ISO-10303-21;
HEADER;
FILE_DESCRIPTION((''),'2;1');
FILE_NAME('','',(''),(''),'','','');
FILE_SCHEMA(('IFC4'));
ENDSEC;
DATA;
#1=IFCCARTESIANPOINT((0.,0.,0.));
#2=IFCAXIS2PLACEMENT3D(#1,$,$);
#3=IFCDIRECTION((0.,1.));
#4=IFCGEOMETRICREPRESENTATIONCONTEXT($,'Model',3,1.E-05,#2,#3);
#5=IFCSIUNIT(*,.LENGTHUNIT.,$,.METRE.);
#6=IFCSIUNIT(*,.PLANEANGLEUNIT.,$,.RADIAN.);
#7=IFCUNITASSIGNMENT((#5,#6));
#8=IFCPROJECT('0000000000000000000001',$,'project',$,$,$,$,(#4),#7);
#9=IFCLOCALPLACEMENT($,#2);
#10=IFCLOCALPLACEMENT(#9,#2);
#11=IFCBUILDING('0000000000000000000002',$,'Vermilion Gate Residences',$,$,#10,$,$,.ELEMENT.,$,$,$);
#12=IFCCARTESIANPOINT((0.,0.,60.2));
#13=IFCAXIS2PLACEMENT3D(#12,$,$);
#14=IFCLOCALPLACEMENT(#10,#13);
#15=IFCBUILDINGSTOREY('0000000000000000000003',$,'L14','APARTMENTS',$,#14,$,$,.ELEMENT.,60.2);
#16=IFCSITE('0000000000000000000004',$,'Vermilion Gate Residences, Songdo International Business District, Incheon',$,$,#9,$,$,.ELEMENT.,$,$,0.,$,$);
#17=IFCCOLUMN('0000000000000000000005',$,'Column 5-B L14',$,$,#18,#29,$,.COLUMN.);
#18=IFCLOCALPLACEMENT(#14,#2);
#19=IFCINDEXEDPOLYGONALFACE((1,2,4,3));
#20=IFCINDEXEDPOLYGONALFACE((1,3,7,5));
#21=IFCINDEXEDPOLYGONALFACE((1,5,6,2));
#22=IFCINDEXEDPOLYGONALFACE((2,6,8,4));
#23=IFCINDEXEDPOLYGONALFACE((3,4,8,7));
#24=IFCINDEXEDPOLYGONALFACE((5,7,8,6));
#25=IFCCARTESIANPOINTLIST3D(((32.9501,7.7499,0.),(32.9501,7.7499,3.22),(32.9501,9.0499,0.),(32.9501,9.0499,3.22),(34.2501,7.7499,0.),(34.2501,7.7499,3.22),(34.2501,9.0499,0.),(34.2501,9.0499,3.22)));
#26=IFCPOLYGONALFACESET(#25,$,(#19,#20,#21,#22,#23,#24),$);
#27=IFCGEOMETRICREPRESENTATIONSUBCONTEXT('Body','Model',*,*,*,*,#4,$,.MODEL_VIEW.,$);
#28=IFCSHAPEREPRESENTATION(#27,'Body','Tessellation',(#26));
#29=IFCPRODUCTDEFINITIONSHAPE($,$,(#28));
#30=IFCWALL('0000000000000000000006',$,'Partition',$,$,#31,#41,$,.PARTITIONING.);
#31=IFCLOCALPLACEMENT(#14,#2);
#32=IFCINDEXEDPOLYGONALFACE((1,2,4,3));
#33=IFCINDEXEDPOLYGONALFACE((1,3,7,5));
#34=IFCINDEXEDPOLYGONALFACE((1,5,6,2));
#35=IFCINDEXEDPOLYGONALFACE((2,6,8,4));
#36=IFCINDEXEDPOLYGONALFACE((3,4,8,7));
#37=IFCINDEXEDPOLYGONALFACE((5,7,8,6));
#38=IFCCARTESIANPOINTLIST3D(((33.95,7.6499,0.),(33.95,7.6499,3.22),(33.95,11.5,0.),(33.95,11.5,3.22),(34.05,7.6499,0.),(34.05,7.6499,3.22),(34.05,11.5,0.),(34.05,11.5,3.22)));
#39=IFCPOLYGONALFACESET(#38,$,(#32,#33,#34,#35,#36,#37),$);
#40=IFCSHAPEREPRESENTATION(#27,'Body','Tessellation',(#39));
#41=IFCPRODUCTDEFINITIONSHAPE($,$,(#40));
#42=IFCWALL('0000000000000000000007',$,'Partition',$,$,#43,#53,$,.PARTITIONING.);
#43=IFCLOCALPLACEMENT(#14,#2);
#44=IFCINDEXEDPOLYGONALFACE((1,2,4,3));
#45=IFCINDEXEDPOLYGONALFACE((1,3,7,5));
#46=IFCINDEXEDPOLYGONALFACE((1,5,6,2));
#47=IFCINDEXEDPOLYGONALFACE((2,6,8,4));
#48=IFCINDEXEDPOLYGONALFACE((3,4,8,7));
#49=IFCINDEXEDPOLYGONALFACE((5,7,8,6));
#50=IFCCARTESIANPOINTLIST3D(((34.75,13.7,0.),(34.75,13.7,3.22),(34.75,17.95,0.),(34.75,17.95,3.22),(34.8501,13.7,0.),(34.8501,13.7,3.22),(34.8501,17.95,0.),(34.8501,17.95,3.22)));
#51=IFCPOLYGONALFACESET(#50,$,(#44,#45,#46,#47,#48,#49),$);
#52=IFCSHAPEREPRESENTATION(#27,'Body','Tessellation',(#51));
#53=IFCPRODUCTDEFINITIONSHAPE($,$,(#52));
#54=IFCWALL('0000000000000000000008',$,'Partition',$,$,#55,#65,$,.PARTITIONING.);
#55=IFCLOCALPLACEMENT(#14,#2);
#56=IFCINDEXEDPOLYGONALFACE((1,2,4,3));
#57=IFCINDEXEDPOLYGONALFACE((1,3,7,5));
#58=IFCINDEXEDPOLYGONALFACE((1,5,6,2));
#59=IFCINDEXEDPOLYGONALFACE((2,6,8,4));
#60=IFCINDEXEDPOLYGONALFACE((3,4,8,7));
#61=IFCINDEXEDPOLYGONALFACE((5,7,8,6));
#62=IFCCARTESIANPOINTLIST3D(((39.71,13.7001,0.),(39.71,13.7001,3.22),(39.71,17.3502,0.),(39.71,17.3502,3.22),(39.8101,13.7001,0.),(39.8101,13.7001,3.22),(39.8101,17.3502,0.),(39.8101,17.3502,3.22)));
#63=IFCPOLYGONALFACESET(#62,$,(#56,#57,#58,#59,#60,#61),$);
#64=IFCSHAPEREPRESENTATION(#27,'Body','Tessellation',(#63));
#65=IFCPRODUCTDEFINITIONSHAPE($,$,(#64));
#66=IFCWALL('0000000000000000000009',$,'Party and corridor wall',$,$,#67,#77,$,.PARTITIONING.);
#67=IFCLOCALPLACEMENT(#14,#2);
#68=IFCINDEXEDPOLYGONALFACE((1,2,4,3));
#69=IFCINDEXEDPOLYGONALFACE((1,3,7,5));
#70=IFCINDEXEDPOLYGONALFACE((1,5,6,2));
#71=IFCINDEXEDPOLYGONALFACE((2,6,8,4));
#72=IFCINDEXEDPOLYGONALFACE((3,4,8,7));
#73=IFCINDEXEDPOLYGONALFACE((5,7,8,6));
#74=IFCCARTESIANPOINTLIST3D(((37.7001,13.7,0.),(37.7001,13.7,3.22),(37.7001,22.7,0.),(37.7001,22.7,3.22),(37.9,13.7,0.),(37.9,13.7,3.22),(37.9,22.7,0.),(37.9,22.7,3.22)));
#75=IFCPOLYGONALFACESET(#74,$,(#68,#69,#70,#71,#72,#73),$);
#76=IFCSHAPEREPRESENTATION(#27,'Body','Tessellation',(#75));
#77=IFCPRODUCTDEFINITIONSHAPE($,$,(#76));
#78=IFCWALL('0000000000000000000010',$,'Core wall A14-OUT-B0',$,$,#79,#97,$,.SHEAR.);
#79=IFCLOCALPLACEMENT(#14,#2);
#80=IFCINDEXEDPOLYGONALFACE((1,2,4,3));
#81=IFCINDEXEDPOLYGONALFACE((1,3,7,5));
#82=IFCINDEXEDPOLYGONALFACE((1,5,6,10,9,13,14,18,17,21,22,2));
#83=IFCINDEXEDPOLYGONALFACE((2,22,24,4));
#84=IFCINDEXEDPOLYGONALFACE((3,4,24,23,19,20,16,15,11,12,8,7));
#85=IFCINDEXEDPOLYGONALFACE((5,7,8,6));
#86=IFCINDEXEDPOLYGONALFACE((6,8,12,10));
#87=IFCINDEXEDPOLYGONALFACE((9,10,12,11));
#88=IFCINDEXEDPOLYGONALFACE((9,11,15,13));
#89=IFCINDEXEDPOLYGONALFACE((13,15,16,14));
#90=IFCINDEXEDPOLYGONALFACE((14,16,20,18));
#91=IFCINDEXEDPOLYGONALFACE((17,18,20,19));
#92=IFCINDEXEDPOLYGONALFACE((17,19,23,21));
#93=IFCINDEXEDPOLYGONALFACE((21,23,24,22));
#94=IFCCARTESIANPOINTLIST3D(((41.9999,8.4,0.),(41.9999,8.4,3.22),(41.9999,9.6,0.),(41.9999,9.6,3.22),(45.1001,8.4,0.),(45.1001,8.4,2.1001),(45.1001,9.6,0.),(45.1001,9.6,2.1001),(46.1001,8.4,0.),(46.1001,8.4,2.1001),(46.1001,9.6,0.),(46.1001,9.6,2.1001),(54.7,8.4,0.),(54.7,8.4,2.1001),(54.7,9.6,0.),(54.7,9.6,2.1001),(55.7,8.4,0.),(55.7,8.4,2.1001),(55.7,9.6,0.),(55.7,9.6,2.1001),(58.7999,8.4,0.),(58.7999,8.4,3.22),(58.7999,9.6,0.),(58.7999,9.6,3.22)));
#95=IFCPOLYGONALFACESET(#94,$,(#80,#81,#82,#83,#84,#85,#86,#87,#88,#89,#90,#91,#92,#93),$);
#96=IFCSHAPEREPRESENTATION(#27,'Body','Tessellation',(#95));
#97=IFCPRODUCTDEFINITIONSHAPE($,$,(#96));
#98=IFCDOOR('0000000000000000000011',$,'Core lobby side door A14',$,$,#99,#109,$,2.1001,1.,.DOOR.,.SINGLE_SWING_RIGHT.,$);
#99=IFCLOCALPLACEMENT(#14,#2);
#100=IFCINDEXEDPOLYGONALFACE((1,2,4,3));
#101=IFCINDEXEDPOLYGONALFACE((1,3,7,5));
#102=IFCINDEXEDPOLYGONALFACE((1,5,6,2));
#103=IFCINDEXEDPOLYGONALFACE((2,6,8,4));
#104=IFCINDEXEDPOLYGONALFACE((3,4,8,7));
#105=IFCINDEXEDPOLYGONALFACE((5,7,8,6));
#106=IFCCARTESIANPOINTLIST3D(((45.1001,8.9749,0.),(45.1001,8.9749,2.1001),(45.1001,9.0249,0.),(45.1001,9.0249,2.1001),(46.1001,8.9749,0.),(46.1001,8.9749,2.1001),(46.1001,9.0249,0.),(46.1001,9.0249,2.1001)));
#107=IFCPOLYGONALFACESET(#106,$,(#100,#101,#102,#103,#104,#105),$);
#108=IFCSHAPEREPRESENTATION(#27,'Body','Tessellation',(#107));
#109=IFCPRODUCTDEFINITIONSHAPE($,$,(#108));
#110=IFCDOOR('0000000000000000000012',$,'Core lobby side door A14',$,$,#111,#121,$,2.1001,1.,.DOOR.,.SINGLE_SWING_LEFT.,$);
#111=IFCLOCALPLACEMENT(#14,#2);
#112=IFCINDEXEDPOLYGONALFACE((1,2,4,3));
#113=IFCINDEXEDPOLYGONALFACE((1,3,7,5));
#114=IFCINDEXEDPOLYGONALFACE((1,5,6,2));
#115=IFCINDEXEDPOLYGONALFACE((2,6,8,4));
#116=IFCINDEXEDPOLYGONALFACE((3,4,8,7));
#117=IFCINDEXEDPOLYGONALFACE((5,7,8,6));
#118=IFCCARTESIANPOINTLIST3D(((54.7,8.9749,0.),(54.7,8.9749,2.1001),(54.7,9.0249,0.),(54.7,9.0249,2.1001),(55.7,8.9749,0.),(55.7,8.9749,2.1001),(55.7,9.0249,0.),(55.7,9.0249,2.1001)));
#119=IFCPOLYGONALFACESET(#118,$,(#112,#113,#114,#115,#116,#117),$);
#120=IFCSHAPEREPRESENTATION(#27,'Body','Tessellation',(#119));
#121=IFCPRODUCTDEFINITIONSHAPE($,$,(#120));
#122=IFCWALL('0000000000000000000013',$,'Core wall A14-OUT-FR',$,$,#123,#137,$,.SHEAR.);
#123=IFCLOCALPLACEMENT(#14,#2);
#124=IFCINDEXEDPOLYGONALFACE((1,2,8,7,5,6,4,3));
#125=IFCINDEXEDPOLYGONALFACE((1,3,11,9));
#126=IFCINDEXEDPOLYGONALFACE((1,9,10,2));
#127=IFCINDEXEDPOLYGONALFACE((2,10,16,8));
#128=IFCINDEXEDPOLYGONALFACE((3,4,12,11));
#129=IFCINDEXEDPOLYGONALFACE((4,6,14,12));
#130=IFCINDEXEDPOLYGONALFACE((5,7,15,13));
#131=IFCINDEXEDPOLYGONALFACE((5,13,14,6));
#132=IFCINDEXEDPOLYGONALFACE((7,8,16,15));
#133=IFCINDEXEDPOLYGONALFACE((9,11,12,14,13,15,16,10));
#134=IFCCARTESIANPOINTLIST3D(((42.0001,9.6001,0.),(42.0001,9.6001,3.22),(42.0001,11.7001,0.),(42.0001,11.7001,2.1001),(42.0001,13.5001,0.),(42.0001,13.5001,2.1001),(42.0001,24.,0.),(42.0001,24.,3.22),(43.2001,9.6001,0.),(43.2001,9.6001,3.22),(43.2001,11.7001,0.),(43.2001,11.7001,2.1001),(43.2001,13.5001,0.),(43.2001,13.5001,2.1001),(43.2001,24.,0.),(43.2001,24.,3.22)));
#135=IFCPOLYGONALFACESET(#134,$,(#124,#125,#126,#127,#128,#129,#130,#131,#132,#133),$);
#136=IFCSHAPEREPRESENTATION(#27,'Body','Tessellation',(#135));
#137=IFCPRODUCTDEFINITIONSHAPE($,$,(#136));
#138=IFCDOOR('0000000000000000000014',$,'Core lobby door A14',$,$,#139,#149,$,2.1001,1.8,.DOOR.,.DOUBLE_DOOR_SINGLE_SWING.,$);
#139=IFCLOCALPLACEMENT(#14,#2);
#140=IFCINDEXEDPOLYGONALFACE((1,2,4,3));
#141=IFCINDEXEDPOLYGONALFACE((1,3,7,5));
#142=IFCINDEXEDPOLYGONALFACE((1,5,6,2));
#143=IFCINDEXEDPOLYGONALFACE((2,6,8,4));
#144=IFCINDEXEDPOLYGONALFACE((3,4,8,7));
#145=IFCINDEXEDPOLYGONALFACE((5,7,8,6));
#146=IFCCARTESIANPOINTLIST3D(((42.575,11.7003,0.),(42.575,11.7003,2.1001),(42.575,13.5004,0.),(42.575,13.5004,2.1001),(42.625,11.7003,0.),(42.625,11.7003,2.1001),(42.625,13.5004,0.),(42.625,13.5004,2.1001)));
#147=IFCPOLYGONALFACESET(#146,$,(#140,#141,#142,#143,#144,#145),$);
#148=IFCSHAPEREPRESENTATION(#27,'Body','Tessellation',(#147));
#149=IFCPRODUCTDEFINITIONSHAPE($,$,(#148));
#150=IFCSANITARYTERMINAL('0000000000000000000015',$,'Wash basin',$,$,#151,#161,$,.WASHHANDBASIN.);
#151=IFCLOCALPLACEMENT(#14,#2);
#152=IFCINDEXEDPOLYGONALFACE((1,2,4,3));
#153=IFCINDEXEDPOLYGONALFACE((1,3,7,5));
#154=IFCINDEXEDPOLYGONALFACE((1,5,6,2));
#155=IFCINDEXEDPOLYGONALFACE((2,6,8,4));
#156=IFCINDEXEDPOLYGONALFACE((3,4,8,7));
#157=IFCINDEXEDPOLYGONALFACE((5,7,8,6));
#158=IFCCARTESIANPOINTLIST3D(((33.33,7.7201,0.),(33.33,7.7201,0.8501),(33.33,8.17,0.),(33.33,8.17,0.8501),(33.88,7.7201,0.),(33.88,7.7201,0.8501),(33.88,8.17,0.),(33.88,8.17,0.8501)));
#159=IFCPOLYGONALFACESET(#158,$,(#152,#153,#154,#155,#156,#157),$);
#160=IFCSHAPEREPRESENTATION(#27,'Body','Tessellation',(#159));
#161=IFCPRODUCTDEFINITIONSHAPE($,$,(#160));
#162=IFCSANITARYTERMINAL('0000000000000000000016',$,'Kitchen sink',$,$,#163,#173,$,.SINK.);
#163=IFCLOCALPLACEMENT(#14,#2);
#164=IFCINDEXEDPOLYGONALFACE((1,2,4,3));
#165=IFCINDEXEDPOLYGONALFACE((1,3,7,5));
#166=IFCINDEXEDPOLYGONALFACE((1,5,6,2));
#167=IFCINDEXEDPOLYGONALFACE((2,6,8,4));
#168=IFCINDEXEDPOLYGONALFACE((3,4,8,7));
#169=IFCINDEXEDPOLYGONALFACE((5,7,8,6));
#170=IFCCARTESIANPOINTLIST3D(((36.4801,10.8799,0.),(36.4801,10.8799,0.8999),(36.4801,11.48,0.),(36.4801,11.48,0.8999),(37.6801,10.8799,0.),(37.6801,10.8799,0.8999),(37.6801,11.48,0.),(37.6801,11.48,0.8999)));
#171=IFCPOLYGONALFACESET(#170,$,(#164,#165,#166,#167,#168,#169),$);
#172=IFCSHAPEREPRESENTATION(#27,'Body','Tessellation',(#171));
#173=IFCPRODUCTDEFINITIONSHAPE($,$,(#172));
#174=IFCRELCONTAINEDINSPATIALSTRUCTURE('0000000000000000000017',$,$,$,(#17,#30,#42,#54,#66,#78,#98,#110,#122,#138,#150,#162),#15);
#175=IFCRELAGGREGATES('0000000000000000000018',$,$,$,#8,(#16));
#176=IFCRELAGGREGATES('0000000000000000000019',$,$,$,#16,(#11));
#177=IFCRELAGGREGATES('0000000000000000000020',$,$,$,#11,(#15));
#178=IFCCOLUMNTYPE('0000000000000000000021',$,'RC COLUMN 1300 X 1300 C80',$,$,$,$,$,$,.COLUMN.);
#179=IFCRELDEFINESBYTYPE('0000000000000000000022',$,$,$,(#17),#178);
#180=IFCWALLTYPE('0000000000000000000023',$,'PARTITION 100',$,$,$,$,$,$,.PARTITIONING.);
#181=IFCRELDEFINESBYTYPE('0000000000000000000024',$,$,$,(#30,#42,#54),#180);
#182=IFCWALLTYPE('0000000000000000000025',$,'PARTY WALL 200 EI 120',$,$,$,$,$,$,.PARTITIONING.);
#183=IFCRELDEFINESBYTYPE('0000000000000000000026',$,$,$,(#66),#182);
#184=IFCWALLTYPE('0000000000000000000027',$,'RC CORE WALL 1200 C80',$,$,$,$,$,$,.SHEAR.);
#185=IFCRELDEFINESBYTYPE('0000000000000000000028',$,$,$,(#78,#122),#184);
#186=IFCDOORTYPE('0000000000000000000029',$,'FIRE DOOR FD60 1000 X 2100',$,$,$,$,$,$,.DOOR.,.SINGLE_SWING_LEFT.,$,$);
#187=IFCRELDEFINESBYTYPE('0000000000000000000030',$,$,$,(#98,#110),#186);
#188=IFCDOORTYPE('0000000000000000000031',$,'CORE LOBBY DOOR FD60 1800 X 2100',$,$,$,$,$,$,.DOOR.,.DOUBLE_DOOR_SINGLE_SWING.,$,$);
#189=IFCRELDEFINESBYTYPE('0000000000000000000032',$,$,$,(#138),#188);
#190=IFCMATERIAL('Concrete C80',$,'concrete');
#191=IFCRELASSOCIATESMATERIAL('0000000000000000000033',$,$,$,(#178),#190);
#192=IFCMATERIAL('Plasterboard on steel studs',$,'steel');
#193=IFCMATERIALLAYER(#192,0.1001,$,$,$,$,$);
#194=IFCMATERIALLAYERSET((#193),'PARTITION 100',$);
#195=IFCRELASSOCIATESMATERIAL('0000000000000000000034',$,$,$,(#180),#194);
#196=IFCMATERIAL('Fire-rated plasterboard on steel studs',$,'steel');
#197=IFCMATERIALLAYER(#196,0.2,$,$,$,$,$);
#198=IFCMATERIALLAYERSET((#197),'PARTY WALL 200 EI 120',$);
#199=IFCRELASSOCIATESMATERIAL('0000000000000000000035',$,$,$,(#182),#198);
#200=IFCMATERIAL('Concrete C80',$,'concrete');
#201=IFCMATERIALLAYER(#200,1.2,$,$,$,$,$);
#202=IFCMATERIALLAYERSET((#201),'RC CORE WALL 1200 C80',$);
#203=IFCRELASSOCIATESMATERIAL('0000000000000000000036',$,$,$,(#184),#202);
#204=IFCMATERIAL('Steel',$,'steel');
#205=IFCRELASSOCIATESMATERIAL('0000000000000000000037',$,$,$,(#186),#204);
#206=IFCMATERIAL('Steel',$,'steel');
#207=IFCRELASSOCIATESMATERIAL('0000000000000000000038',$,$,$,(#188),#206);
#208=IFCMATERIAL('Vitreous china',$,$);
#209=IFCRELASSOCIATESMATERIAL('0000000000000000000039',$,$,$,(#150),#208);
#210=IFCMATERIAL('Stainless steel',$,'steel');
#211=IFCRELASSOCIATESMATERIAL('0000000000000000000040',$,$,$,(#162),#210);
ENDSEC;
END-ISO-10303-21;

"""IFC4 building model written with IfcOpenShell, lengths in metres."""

from ifc_helpers import new_model, si_unit, direction, frame, frame_2d, origin, origin_2d, place, context, subcontext, project, spatial, rectangle, extrude, material, layer, layer_set, material_profile, profile_set, type_object, element, fill, save


model = new_model("IFC4")

# Units and contexts
model_context = context("Model", 3, precision=1e-05, world=origin(), true_north=direction((0.0, 1.0)))
body_context = subcontext(model_context, "Body", "Model", "MODEL_VIEW")
ifc_project = project(units=[si_unit("LENGTHUNIT", "METRE"), si_unit("PLANEANGLEUNIT", "RADIAN")], contexts=[model_context])

# Site, building, storey
site_placement = place(None, origin())
site = spatial("IfcSite", under=ifc_project, at=site_placement, Name="Vermilion Gate Residences, Songdo International Business District, Incheon", CompositionType="ELEMENT", RefElevation=0.0)
building_placement = place(site_placement, origin())
building = spatial("IfcBuilding", under=site, at=building_placement, Name="Vermilion Gate Residences", CompositionType="ELEMENT")
storey_placement = place(building_placement, frame((0.0, 0.0, 60.2)))
storey = spatial("IfcBuildingStorey", under=building, at=storey_placement, Name="L14", Description="APARTMENTS", CompositionType="ELEMENT", Elevation=60.2)

# Column
ifc_material_1 = material(Name="Concrete C80", Category="concrete")
ifc_material_profile = material_profile(ifc_material_1, rectangle(XDim=1.3, YDim=1.3, at=origin_2d()), Name="RC-1300x1300")
ifc_profile_set = profile_set([ifc_material_profile], Name="Concrete C80")
column_type = type_object("IfcColumnType", Name="RC COLUMN 1300 X 1300 C80", PredefinedType="COLUMN", material=ifc_profile_set)
column_placement = place(storey_placement, frame((33.6001, 8.3999, 0.0), z_axis=(0.0, 0.0, 1.0), x_axis=(1.0, 0.0, 0.0)))
element("IfcColumn", 1, at=column_placement, inside=storey, type_object=column_type, Name="Column 5-B L14", PredefinedType="COLUMN", context=body_context, shape_type="SweptSolid", body=[
    extrude(rectangle(XDim=1.3, YDim=1.3, at=origin_2d()), origin(), (0.0, 0.0, 1.0), 3.22),
])

# Walls
ifc_material_2 = material(Name="Plasterboard on steel studs", Category="steel")
ifc_layer_1 = layer(ifc_material_2, 0.1001)
ifc_layer_set_1 = layer_set([ifc_layer_1], Name="PARTITION 100")
wall_type_1 = type_object("IfcWallType", Name="PARTITION 100", PredefinedType="PARTITIONING", material=ifc_layer_set_1)
wall_1_placement = place(storey_placement, frame((34.0, 7.6499, 0.0), z_axis=(0.0, 0.0, 1.0), x_axis=(0.0, 1.0, 0.0)))
element("IfcWall", 2, at=wall_1_placement, inside=storey, type_object=wall_type_1, Name="Partition", PredefinedType="PARTITIONING", context=body_context, shape_type="SweptSolid", body=[
    extrude(rectangle(XDim=3.8501, YDim=0.1001, at=frame_2d((1.925, 0.0))), origin(), (0.0, 0.0, 1.0), 3.22),
])
wall_2_placement = place(storey_placement, frame((34.8, 13.7, 0.0), z_axis=(0.0, 0.0, 1.0), x_axis=(0.0, 1.0, 0.0)))
element("IfcWall", 3, at=wall_2_placement, inside=storey, type_object=wall_type_1, Name="Partition", PredefinedType="PARTITIONING", context=body_context, shape_type="SweptSolid", body=[
    extrude(rectangle(XDim=4.25, YDim=0.1001, at=frame_2d((2.125, 0.0))), origin(), (0.0, 0.0, 1.0), 3.22),
])
wall_3_placement = place(storey_placement, frame((39.76, 13.7, 0.0), z_axis=(0.0, 0.0, 1.0), x_axis=(0.0, 1.0, 0.0)))
element("IfcWall", 4, at=wall_3_placement, inside=storey, type_object=wall_type_1, Name="Partition", PredefinedType="PARTITIONING", context=body_context, shape_type="SweptSolid", body=[
    extrude(rectangle(XDim=3.6501, YDim=0.1001, at=frame_2d((1.8252, 0.0))), origin(), (0.0, 0.0, 1.0), 3.22),
])
ifc_material_3 = material(Name="Fire-rated plasterboard on steel studs", Category="steel")
ifc_layer_2 = layer(ifc_material_3, 0.2)
ifc_layer_set_2 = layer_set([ifc_layer_2], Name="PARTY WALL 200 EI 120")
wall_type_2 = type_object("IfcWallType", Name="PARTY WALL 200 EI 120", PredefinedType="PARTITIONING", material=ifc_layer_set_2)
wall_4_placement = place(storey_placement, frame((37.8, 13.7, 0.0), z_axis=(0.0, 0.0, 1.0), x_axis=(0.0, 1.0, 0.0)))
element("IfcWall", 5, at=wall_4_placement, inside=storey, type_object=wall_type_2, Name="Party and corridor wall", PredefinedType="PARTITIONING", context=body_context, shape_type="SweptSolid", body=[
    extrude(rectangle(XDim=9.0, YDim=0.2, at=frame_2d((4.5, 0.0))), origin(), (0.0, 0.0, 1.0), 3.22),
])

# Wall, openings, doors
ifc_material_4 = material(Name="Concrete C80", Category="concrete")
ifc_layer_3 = layer(ifc_material_4, 1.2)
ifc_layer_set_3 = layer_set([ifc_layer_3], Name="RC CORE WALL 1200 C80")
wall_type_3 = type_object("IfcWallType", Name="RC CORE WALL 1200 C80", PredefinedType="SHEAR", material=ifc_layer_set_3)
wall_5_placement = place(storey_placement, frame((42.0, 9.0, 0.0), z_axis=(0.0, 0.0, 1.0), x_axis=(1.0, 0.0, 0.0)))
wall_5 = element("IfcWall", 6, at=wall_5_placement, inside=storey, type_object=wall_type_3, Name="Core wall A14-OUT-B0", PredefinedType="SHEAR", context=body_context, shape_type="SweptSolid", body=[
    extrude(rectangle(XDim=16.8, YDim=1.2, at=frame_2d((8.3999, 0.0))), origin(), (0.0, 0.0, 1.0), 3.22),
])
opening_1_placement = place(wall_5_placement, frame((3.1001, 0.0, 0.0)))
opening_1 = element("IfcOpeningElement", 7, at=opening_1_placement, cuts=wall_5, PredefinedType="OPENING", context=body_context, shape_type="SweptSolid", body=[
    extrude(rectangle(XDim=1.0, YDim=2.1001, at=frame_2d((0.5, 1.05))), frame((0.0, 0.6099, 0.0), z_axis=(0.0, -1.0, 0.0), x_axis=(1.0, 0.0, 0.0)), (0.0, 0.0, 1.0), 1.22),
])
opening_2_placement = place(wall_5_placement, frame((12.7, 0.0, 0.0)))
opening_2 = element("IfcOpeningElement", 8, at=opening_2_placement, cuts=wall_5, PredefinedType="OPENING", context=body_context, shape_type="SweptSolid", body=[
    extrude(rectangle(XDim=1.0, YDim=2.1001, at=frame_2d((0.5, 1.05))), frame((0.0, 0.6099, 0.0), z_axis=(0.0, -1.0, 0.0), x_axis=(1.0, 0.0, 0.0)), (0.0, 0.0, 1.0), 1.22),
])
ifc_material_5 = material(Name="Steel", Category="steel")
door_type_1 = type_object("IfcDoorType", Name="FIRE DOOR FD60 1000 X 2100", OperationType="SINGLE_SWING_LEFT", PredefinedType="DOOR", material=ifc_material_5)
door_1_placement = place(opening_1_placement, origin())
door_1 = element("IfcDoor", 9, at=door_1_placement, inside=storey, type_object=door_type_1, Name="Core lobby side door A14", OperationType="SINGLE_SWING_RIGHT", OverallHeight=2.1001, OverallWidth=1.0, PredefinedType="DOOR", context=body_context, shape_type="SweptSolid", body=[
    extrude(rectangle(XDim=1.0, YDim=2.1001, at=frame_2d((0.5, 1.05))), frame((0.0, 0.0249, 0.0), z_axis=(0.0, -1.0, 0.0), x_axis=(1.0, 0.0, 0.0)), (0.0, 0.0, 1.0), 0.05),
])
fill(opening_1, door_1)
door_2_placement = place(opening_2_placement, origin())
door_2 = element("IfcDoor", 10, at=door_2_placement, inside=storey, type_object=door_type_1, Name="Core lobby side door A14", OperationType="SINGLE_SWING_LEFT", OverallHeight=2.1001, OverallWidth=1.0, PredefinedType="DOOR", context=body_context, shape_type="SweptSolid", body=[
    extrude(rectangle(XDim=1.0, YDim=2.1001, at=frame_2d((0.5, 1.05))), frame((0.0, 0.0249, 0.0), z_axis=(0.0, -1.0, 0.0), x_axis=(1.0, 0.0, 0.0)), (0.0, 0.0, 1.0), 0.05),
])
fill(opening_2, door_2)

# Wall, opening, door
wall_6_placement = place(storey_placement, frame((42.6001, 9.6001, 0.0), z_axis=(0.0, 0.0, 1.0), x_axis=(0.0, 1.0, 0.0)))
wall_6 = element("IfcWall", 11, at=wall_6_placement, inside=storey, type_object=wall_type_3, Name="Core wall A14-OUT-FR", PredefinedType="SHEAR", context=body_context, shape_type="SweptSolid", body=[
    extrude(rectangle(XDim=14.3999, YDim=1.2, at=frame_2d((7.2, 0.0))), origin(), (0.0, 0.0, 1.0), 3.22),
])
opening_3_placement = place(wall_6_placement, frame((2.1001, 0.0, 0.0)))
opening_3 = element("IfcOpeningElement", 12, at=opening_3_placement, cuts=wall_6, PredefinedType="OPENING", context=body_context, shape_type="SweptSolid", body=[
    extrude(rectangle(XDim=1.8, YDim=2.1001, at=frame_2d((0.8999, 1.05))), frame((0.0, 0.6099, 0.0), z_axis=(0.0, -1.0, 0.0), x_axis=(1.0, 0.0, 0.0)), (0.0, 0.0, 1.0), 1.22),
])
ifc_material_6 = material(Name="Steel", Category="steel")
door_type_2 = type_object("IfcDoorType", Name="CORE LOBBY DOOR FD60 1800 X 2100", OperationType="DOUBLE_DOOR_SINGLE_SWING", PredefinedType="DOOR", material=ifc_material_6)
door_3_placement = place(opening_3_placement, frame((1.8, 0.0, 0.0), z_axis=(0.0, 0.0, 1.0), x_axis=(-1.0, 0.0, 0.0)))
door_3 = element("IfcDoor", 13, at=door_3_placement, inside=storey, type_object=door_type_2, Name="Core lobby door A14", OperationType="DOUBLE_DOOR_SINGLE_SWING", OverallHeight=2.1001, OverallWidth=1.8, PredefinedType="DOOR", context=body_context, shape_type="SweptSolid", body=[
    extrude(rectangle(XDim=1.8, YDim=2.1001, at=frame_2d((0.8999, 1.05))), frame((0.0, 0.0249, 0.0), z_axis=(0.0, -1.0, 0.0), x_axis=(1.0, 0.0, 0.0)), (0.0, 0.0, 1.0), 0.05),
])
fill(opening_3, door_3)

# Sanitary terminals
ifc_material_7 = material(Name="Vitreous china")
sanitary_terminal_1_placement = place(storey_placement, frame((33.605, 7.9451, 0.0), z_axis=(0.0, 0.0, 1.0), x_axis=(1.0, 0.0, 0.0)))
element("IfcSanitaryTerminal", 14, at=sanitary_terminal_1_placement, inside=storey, material=ifc_material_7, Name="Wash basin", PredefinedType="WASHHANDBASIN", context=body_context, shape_type="SweptSolid", body=[
    extrude(rectangle(XDim=0.55, YDim=0.45, at=origin_2d()), origin(), (0.0, 0.0, 1.0), 0.8501),
])
ifc_material_8 = material(Name="Stainless steel", Category="steel")
sanitary_terminal_2_placement = place(storey_placement, frame((37.0801, 11.1799, 0.0), z_axis=(0.0, 0.0, 1.0), x_axis=(1.0, 0.0, 0.0)))
element("IfcSanitaryTerminal", 15, at=sanitary_terminal_2_placement, inside=storey, material=ifc_material_8, Name="Kitchen sink", PredefinedType="SINK", context=body_context, shape_type="SweptSolid", body=[
    extrude(rectangle(XDim=1.2, YDim=0.6001, at=origin_2d()), origin(), (0.0, 0.0, 1.0), 0.8999),
])

save(model, "model.ifc")
